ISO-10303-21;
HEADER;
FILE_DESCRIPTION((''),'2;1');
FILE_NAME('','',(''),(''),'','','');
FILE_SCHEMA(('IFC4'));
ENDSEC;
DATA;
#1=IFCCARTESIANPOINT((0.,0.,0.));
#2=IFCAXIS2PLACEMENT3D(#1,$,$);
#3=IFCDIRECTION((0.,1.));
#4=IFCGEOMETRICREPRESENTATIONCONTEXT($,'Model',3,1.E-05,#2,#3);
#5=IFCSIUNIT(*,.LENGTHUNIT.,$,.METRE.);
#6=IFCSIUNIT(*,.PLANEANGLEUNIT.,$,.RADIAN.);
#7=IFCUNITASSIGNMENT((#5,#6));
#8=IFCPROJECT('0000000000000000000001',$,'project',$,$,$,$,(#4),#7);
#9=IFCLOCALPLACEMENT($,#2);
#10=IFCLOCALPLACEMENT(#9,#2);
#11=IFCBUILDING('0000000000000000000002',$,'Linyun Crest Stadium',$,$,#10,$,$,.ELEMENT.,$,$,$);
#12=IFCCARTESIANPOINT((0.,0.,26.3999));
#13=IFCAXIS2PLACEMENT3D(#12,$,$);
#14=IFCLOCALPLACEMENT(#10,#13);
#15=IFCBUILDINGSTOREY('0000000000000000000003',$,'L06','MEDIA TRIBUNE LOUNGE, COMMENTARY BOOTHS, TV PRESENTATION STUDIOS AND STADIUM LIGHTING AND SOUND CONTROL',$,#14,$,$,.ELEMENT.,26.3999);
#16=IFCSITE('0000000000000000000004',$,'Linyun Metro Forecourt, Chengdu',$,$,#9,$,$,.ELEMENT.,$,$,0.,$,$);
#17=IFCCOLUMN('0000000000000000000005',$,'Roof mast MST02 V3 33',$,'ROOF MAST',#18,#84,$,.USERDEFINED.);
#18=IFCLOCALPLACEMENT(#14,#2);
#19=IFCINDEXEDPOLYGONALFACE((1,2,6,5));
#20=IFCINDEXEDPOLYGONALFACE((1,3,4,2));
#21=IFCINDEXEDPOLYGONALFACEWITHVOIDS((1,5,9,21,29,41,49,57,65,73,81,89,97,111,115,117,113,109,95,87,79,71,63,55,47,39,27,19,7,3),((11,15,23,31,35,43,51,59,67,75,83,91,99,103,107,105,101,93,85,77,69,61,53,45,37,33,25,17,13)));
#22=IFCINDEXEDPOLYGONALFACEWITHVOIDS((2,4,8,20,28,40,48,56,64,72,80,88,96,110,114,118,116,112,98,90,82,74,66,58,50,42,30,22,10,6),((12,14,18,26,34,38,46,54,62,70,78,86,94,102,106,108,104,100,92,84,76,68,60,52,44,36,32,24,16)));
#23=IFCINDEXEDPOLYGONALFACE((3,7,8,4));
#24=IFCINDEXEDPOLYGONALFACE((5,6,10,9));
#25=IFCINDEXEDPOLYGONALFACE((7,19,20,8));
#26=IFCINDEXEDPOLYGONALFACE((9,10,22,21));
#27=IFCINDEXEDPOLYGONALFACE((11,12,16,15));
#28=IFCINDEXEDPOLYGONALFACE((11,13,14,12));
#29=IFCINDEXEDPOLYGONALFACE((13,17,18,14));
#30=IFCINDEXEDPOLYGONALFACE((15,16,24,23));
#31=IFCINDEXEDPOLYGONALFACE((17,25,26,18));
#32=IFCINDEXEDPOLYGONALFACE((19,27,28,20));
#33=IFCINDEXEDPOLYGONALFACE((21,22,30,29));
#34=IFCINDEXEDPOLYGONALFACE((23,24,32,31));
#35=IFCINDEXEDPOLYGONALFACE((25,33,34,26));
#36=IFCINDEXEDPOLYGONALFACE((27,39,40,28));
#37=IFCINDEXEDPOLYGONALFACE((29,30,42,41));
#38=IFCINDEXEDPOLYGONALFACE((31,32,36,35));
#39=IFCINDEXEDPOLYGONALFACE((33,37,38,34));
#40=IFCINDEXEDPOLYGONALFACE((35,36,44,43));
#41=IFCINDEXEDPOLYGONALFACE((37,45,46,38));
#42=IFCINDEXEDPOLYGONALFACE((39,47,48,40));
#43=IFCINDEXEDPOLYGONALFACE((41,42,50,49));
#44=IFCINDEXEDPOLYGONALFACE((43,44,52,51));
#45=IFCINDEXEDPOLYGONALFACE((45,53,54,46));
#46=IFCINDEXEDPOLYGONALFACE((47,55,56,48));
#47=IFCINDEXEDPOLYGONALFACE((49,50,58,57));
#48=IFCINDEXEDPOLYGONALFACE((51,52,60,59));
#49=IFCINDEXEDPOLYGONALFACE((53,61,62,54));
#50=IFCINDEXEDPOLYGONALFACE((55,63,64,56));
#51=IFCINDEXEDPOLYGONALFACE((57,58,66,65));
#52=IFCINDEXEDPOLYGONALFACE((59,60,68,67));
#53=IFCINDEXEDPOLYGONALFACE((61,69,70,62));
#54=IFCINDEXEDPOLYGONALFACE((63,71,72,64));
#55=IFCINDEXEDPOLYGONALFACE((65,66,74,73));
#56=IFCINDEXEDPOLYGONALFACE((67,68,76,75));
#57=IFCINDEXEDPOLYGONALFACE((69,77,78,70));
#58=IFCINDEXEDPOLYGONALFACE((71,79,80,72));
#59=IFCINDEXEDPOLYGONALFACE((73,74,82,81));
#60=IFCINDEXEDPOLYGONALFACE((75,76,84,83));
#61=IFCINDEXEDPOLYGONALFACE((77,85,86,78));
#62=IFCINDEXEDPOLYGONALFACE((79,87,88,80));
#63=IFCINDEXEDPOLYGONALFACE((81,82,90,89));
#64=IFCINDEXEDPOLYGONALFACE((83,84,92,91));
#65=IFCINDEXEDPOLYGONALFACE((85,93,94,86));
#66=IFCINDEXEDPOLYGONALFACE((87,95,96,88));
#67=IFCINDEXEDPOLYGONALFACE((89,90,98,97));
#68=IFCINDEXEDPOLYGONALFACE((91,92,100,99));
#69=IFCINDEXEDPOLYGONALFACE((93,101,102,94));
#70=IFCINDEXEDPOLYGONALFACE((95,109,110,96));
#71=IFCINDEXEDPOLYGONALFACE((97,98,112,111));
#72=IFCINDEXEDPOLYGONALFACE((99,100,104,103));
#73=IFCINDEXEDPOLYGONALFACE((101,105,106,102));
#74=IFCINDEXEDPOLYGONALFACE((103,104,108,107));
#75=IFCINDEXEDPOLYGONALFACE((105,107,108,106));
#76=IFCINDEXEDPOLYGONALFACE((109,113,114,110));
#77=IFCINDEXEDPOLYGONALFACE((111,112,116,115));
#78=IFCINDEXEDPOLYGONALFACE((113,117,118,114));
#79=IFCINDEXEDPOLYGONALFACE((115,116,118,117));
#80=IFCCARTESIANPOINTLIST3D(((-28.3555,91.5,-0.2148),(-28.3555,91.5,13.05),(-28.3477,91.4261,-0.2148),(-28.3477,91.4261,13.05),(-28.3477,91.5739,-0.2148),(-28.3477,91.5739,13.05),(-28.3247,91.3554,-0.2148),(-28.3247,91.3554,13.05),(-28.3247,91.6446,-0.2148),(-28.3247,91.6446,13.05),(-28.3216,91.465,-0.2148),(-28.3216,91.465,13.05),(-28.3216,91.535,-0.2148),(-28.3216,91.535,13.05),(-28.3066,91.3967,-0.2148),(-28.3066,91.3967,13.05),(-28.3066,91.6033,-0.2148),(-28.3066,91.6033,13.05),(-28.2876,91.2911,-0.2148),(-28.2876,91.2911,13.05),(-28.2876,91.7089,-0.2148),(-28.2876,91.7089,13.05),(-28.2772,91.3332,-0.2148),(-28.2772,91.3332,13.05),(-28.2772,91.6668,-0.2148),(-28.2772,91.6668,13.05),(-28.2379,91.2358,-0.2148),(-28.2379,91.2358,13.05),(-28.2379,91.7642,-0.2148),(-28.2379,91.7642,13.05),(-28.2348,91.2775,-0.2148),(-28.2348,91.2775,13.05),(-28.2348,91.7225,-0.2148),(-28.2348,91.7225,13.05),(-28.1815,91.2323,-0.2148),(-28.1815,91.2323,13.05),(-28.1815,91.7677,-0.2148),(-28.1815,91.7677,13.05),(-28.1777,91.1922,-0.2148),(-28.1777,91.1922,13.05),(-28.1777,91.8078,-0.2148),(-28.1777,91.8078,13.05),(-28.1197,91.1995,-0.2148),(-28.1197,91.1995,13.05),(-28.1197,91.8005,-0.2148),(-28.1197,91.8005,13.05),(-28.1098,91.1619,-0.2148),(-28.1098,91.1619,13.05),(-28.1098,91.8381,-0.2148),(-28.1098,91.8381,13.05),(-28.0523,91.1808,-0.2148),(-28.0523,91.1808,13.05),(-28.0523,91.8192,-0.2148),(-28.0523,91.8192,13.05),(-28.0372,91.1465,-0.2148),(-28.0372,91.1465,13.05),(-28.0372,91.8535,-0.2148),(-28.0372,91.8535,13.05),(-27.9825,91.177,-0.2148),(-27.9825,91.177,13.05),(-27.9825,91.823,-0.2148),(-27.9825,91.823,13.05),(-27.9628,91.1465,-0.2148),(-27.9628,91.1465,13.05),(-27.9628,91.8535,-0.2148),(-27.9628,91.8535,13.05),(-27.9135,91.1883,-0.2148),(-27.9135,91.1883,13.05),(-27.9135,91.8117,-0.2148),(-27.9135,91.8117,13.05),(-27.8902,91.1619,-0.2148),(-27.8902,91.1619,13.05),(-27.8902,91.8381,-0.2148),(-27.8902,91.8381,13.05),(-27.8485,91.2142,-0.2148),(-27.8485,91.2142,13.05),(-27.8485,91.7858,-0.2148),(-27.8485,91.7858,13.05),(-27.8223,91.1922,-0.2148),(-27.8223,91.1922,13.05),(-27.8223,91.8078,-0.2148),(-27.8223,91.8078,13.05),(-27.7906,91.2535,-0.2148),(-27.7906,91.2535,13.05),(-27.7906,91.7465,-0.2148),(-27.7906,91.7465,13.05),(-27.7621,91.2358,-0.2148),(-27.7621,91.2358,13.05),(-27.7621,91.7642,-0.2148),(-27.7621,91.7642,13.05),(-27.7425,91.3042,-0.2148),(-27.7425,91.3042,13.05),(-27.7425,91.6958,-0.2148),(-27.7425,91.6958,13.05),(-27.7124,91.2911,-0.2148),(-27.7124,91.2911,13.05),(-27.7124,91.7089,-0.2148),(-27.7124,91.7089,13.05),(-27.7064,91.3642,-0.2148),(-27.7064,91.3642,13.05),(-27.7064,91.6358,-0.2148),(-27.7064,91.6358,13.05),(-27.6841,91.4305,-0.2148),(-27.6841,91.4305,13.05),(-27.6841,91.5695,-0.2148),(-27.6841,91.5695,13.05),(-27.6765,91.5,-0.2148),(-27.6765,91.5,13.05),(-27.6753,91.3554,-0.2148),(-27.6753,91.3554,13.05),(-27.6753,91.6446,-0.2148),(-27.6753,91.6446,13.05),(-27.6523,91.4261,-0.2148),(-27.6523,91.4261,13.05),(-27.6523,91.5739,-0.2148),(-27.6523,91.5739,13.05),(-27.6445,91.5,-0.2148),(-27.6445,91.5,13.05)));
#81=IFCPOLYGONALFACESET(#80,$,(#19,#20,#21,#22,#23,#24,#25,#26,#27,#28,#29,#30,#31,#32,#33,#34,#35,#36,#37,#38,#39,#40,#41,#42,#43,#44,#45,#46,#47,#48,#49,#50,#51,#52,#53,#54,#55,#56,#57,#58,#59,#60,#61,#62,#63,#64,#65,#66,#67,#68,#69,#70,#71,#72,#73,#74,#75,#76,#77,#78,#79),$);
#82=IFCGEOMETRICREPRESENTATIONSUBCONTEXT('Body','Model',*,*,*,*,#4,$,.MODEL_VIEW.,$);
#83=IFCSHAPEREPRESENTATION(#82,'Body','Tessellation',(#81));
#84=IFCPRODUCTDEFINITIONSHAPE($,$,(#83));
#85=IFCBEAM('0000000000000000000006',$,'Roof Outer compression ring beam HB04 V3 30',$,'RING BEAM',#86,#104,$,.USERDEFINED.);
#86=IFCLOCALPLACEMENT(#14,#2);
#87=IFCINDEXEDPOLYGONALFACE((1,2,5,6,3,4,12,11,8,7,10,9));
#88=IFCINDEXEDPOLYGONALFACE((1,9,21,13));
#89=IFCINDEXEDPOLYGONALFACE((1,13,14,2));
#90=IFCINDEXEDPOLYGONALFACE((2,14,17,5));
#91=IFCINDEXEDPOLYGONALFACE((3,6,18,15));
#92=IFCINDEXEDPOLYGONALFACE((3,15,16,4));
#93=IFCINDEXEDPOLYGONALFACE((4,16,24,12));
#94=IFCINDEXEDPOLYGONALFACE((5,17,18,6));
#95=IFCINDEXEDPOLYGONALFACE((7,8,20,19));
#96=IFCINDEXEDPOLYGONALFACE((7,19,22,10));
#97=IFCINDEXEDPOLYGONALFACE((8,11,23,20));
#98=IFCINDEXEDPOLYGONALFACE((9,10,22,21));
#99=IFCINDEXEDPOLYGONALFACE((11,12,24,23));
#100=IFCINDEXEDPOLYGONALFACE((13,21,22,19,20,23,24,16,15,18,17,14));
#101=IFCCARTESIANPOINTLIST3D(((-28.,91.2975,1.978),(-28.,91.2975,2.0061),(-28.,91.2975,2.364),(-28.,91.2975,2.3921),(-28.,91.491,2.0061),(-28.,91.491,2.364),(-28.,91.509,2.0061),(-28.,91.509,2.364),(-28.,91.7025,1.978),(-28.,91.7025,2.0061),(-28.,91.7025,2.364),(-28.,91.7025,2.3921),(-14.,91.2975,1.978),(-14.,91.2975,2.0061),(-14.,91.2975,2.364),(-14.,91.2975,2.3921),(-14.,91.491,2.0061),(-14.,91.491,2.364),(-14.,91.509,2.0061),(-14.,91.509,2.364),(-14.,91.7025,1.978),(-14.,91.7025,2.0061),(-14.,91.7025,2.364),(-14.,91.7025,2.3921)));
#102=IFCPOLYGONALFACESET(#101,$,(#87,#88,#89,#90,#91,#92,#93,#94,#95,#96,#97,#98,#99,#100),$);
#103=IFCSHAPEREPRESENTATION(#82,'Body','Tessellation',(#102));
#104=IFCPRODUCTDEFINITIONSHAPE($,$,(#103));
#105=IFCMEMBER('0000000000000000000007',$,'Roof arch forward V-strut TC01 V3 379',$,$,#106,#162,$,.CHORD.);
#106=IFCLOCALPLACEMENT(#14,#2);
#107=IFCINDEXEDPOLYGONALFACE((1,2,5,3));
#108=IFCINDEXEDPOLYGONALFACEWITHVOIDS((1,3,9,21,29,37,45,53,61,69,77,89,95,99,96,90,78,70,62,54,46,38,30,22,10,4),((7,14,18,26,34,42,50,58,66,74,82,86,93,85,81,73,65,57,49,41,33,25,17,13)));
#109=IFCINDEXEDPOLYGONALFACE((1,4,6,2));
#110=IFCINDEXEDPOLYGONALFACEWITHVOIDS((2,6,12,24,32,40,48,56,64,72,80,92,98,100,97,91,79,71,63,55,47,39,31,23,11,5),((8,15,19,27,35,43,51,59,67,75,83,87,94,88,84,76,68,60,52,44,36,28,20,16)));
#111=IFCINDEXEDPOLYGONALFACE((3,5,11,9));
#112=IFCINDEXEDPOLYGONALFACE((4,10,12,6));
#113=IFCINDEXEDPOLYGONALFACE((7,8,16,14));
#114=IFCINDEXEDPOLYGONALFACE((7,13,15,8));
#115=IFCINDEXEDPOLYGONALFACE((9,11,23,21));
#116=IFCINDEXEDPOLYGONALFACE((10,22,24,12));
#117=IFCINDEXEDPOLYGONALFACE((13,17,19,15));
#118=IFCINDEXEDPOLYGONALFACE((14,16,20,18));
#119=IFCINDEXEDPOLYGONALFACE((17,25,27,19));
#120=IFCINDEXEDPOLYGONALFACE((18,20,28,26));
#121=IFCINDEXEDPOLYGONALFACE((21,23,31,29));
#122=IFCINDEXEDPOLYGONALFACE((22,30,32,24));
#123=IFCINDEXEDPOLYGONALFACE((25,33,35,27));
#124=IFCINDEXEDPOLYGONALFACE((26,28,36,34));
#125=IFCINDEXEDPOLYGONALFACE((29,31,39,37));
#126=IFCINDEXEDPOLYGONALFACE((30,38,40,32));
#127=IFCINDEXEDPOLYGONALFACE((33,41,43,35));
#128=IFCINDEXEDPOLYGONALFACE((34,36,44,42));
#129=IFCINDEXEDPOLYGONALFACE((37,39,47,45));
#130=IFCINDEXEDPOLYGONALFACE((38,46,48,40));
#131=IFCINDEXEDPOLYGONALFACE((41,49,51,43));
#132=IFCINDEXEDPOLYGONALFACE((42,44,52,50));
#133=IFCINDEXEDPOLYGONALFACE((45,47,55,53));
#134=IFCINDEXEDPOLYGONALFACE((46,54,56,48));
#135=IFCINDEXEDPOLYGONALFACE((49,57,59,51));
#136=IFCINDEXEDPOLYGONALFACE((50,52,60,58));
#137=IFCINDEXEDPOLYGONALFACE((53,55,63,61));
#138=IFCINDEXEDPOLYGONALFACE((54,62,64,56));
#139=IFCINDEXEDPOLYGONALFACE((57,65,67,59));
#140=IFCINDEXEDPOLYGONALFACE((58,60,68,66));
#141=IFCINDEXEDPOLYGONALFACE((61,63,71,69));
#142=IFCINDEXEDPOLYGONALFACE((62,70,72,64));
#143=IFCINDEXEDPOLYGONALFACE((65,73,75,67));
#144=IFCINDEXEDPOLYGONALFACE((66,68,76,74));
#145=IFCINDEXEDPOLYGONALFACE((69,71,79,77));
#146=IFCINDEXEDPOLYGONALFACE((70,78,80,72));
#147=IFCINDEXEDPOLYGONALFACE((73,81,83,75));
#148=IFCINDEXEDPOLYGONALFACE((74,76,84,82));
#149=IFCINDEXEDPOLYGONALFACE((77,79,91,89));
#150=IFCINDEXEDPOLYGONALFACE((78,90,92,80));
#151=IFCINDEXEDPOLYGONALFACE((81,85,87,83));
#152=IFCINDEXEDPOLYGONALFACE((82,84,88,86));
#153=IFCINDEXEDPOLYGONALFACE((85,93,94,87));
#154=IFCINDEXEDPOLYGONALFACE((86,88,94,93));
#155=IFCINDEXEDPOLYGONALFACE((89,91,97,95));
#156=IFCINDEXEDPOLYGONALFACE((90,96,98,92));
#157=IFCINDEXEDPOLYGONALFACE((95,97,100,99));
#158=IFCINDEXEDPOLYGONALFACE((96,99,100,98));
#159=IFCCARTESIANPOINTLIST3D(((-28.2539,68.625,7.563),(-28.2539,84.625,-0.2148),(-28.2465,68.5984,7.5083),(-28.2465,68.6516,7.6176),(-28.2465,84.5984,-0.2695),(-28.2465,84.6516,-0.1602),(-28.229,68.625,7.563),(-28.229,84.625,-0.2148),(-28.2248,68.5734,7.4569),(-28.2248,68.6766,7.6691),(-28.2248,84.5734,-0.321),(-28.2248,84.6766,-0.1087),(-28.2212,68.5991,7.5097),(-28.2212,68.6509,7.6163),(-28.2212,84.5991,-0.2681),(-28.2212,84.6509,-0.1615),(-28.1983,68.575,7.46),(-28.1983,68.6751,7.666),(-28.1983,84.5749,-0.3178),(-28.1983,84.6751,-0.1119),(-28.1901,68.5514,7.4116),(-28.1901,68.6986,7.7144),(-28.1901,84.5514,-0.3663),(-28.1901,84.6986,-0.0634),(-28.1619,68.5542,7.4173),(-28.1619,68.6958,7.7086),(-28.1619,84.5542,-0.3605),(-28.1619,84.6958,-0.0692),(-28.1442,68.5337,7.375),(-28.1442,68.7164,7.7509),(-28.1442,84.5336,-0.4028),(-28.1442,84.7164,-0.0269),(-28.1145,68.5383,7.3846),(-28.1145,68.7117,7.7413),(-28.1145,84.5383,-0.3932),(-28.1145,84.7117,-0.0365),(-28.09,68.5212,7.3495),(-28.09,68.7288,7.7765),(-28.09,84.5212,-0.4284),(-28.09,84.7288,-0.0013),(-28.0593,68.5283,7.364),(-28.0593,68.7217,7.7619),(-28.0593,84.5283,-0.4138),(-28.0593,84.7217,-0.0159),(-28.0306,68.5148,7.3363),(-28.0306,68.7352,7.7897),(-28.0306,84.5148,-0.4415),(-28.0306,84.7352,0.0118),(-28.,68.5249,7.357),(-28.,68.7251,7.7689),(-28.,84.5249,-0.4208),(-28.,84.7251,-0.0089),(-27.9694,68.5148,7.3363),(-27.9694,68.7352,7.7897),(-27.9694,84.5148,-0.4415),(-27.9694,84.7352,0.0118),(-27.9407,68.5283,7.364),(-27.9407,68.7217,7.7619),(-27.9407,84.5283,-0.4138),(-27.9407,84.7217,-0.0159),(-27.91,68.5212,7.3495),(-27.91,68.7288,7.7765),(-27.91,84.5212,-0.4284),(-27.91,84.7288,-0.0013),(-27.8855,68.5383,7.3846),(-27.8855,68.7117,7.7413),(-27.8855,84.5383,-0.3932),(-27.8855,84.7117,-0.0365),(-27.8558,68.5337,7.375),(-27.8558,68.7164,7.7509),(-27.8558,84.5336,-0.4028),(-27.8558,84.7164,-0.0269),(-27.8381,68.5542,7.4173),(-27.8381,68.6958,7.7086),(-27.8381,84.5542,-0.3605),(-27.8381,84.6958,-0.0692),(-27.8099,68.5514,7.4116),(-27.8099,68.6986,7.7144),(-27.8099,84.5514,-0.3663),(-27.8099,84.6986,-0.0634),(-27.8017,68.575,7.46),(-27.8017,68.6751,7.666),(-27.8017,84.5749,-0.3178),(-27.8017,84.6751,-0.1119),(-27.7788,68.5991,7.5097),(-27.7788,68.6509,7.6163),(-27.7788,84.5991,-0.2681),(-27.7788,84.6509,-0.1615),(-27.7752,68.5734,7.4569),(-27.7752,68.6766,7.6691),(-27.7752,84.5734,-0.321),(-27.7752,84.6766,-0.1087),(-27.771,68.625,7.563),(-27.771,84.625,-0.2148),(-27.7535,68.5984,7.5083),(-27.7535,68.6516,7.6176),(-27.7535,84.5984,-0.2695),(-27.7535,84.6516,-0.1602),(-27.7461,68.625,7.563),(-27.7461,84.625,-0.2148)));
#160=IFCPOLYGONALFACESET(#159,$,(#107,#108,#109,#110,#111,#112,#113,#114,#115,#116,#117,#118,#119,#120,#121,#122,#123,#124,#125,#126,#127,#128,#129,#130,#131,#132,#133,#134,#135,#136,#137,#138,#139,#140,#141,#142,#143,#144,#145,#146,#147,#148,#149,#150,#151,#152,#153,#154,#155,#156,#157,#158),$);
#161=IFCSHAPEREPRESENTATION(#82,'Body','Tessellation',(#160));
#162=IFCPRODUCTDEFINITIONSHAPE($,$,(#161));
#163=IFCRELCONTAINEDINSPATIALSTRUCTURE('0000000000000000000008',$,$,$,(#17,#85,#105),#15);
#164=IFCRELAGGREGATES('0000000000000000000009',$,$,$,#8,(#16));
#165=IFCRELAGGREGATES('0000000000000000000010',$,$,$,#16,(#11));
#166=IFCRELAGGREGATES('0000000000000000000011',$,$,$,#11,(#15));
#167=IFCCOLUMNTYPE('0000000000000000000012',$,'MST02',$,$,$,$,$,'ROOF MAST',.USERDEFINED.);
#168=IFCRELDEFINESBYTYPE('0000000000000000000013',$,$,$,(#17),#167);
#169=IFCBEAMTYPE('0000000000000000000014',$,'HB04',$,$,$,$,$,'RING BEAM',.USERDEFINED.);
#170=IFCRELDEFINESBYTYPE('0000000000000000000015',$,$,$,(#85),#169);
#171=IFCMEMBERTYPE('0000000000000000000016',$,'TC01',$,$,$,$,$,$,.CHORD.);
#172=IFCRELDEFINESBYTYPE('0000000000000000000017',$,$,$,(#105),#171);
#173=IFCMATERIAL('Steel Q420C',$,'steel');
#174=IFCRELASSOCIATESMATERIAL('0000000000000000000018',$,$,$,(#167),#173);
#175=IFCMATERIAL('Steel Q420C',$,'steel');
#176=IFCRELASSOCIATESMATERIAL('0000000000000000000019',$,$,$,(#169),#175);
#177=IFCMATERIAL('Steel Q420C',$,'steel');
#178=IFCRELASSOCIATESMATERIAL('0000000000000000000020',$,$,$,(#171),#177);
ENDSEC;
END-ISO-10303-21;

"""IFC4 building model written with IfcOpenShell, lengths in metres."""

from ifc_helpers import new_model, si_unit, direction, frame, origin, origin_2d, place, context, subcontext, project, spatial, hollow_circle, i_section, extrude, material, material_profile, profile_set, type_object, element, save


model = new_model("IFC4")

# Units and contexts
model_context = context("Model", 3, precision=1e-05, world=origin(), true_north=direction((0.0, 1.0)))
body_context = subcontext(model_context, "Body", "Model", "MODEL_VIEW")
ifc_project = project(units=[si_unit("LENGTHUNIT", "METRE"), si_unit("PLANEANGLEUNIT", "RADIAN")], contexts=[model_context])

# Site, building, storey
site_placement = place(None, origin())
site = spatial("IfcSite", under=ifc_project, at=site_placement, Name="Linyun Metro Forecourt, Chengdu", CompositionType="ELEMENT", RefElevation=0.0)
building_placement = place(site_placement, origin())
building = spatial("IfcBuilding", under=site, at=building_placement, Name="Linyun Crest Stadium", CompositionType="ELEMENT")
storey_placement = place(building_placement, frame((0.0, 0.0, 26.3999)))
storey = spatial("IfcBuildingStorey", under=building, at=storey_placement, Name="L06", Description="MEDIA TRIBUNE LOUNGE, COMMENTARY BOOTHS, TV PRESENTATION STUDIOS AND STADIUM LIGHTING AND SOUND CONTROL", CompositionType="ELEMENT", Elevation=26.3999)

# Column
ifc_material_1 = material(Name="Steel Q420C", Category="steel")
ifc_material_profile_1 = material_profile(ifc_material_1, hollow_circle(Radius=0.3555, WallThickness=0.032, at=origin_2d()), Name="CHS 711x32")
ifc_profile_set_1 = profile_set([ifc_material_profile_1], Name="Steel Q420C")
column_type = type_object("IfcColumnType", Name="MST02", ElementType="ROOF MAST", PredefinedType="USERDEFINED", material=ifc_profile_set_1)
column_placement = place(storey_placement, frame((-28.0, 91.5, -0.2148), z_axis=(0.0, 0.0, 1.0), x_axis=(1.0, 0.0, 0.0)))
element("IfcColumn", 1, at=column_placement, inside=storey, type_object=column_type, Name="Roof mast MST02 V3 33", ObjectType="ROOF MAST", PredefinedType="USERDEFINED", context=body_context, shape_type="SweptSolid", body=[
    extrude(hollow_circle(Radius=0.3555, WallThickness=0.032, at=origin_2d()), origin(), (0.0, 0.0, 1.0), 13.2649),
])

# Beam
ifc_material_2 = material(Name="Steel Q420C", Category="steel")
ifc_material_profile_2 = material_profile(ifc_material_2, i_section(OverallWidth=0.405, OverallDepth=0.4141, WebThickness=0.0181, FlangeThickness=0.0281, at=origin_2d()), Name="HW 414x405")
ifc_profile_set_2 = profile_set([ifc_material_profile_2], Name="Steel Q420C")
beam_type = type_object("IfcBeamType", Name="HB04", ElementType="RING BEAM", PredefinedType="USERDEFINED", material=ifc_profile_set_2)
beam_placement = place(storey_placement, frame((-28.0, 91.5, 2.1851), z_axis=(1.0, 0.0, 0.0), x_axis=(0.0, 1.0, 0.0)))
element("IfcBeam", 2, at=beam_placement, inside=storey, type_object=beam_type, Name="Roof Outer compression ring beam HB04 V3 30", ObjectType="RING BEAM", PredefinedType="USERDEFINED", context=body_context, shape_type="SweptSolid", body=[
    extrude(i_section(OverallWidth=0.405, OverallDepth=0.4141, WebThickness=0.0181, FlangeThickness=0.0281, at=origin_2d()), origin(), (0.0, 0.0, 1.0), 14.0),
])

# Member
ifc_material_3 = material(Name="Steel Q420C", Category="steel")
ifc_material_profile_3 = material_profile(ifc_material_3, hollow_circle(Radius=0.2539, WallThickness=0.0249, at=origin_2d()), Name="CHS 508x25")
ifc_profile_set_3 = profile_set([ifc_material_profile_3], Name="Steel Q420C")
member_type_1 = type_object("IfcMemberType", Name="TC01", PredefinedType="CHORD", material=ifc_profile_set_3)
member_1_placement = place(storey_placement, frame((-28.0, 84.625, -0.2148), z_axis=(0.0, -0.899367, 0.437195), x_axis=(1.0, 0.0, 0.0)))
element("IfcMember", 3, at=member_1_placement, inside=storey, type_object=member_type_1, Name="Roof arch forward V-strut TC01 V3 379", PredefinedType="CHORD", context=body_context, shape_type="SweptSolid", body=[
    extrude(hollow_circle(Radius=0.2539, WallThickness=0.0249, at=origin_2d()), origin(), (0.0, 0.0, 1.0), 17.7903),
])

save(model, "model.ifc")
